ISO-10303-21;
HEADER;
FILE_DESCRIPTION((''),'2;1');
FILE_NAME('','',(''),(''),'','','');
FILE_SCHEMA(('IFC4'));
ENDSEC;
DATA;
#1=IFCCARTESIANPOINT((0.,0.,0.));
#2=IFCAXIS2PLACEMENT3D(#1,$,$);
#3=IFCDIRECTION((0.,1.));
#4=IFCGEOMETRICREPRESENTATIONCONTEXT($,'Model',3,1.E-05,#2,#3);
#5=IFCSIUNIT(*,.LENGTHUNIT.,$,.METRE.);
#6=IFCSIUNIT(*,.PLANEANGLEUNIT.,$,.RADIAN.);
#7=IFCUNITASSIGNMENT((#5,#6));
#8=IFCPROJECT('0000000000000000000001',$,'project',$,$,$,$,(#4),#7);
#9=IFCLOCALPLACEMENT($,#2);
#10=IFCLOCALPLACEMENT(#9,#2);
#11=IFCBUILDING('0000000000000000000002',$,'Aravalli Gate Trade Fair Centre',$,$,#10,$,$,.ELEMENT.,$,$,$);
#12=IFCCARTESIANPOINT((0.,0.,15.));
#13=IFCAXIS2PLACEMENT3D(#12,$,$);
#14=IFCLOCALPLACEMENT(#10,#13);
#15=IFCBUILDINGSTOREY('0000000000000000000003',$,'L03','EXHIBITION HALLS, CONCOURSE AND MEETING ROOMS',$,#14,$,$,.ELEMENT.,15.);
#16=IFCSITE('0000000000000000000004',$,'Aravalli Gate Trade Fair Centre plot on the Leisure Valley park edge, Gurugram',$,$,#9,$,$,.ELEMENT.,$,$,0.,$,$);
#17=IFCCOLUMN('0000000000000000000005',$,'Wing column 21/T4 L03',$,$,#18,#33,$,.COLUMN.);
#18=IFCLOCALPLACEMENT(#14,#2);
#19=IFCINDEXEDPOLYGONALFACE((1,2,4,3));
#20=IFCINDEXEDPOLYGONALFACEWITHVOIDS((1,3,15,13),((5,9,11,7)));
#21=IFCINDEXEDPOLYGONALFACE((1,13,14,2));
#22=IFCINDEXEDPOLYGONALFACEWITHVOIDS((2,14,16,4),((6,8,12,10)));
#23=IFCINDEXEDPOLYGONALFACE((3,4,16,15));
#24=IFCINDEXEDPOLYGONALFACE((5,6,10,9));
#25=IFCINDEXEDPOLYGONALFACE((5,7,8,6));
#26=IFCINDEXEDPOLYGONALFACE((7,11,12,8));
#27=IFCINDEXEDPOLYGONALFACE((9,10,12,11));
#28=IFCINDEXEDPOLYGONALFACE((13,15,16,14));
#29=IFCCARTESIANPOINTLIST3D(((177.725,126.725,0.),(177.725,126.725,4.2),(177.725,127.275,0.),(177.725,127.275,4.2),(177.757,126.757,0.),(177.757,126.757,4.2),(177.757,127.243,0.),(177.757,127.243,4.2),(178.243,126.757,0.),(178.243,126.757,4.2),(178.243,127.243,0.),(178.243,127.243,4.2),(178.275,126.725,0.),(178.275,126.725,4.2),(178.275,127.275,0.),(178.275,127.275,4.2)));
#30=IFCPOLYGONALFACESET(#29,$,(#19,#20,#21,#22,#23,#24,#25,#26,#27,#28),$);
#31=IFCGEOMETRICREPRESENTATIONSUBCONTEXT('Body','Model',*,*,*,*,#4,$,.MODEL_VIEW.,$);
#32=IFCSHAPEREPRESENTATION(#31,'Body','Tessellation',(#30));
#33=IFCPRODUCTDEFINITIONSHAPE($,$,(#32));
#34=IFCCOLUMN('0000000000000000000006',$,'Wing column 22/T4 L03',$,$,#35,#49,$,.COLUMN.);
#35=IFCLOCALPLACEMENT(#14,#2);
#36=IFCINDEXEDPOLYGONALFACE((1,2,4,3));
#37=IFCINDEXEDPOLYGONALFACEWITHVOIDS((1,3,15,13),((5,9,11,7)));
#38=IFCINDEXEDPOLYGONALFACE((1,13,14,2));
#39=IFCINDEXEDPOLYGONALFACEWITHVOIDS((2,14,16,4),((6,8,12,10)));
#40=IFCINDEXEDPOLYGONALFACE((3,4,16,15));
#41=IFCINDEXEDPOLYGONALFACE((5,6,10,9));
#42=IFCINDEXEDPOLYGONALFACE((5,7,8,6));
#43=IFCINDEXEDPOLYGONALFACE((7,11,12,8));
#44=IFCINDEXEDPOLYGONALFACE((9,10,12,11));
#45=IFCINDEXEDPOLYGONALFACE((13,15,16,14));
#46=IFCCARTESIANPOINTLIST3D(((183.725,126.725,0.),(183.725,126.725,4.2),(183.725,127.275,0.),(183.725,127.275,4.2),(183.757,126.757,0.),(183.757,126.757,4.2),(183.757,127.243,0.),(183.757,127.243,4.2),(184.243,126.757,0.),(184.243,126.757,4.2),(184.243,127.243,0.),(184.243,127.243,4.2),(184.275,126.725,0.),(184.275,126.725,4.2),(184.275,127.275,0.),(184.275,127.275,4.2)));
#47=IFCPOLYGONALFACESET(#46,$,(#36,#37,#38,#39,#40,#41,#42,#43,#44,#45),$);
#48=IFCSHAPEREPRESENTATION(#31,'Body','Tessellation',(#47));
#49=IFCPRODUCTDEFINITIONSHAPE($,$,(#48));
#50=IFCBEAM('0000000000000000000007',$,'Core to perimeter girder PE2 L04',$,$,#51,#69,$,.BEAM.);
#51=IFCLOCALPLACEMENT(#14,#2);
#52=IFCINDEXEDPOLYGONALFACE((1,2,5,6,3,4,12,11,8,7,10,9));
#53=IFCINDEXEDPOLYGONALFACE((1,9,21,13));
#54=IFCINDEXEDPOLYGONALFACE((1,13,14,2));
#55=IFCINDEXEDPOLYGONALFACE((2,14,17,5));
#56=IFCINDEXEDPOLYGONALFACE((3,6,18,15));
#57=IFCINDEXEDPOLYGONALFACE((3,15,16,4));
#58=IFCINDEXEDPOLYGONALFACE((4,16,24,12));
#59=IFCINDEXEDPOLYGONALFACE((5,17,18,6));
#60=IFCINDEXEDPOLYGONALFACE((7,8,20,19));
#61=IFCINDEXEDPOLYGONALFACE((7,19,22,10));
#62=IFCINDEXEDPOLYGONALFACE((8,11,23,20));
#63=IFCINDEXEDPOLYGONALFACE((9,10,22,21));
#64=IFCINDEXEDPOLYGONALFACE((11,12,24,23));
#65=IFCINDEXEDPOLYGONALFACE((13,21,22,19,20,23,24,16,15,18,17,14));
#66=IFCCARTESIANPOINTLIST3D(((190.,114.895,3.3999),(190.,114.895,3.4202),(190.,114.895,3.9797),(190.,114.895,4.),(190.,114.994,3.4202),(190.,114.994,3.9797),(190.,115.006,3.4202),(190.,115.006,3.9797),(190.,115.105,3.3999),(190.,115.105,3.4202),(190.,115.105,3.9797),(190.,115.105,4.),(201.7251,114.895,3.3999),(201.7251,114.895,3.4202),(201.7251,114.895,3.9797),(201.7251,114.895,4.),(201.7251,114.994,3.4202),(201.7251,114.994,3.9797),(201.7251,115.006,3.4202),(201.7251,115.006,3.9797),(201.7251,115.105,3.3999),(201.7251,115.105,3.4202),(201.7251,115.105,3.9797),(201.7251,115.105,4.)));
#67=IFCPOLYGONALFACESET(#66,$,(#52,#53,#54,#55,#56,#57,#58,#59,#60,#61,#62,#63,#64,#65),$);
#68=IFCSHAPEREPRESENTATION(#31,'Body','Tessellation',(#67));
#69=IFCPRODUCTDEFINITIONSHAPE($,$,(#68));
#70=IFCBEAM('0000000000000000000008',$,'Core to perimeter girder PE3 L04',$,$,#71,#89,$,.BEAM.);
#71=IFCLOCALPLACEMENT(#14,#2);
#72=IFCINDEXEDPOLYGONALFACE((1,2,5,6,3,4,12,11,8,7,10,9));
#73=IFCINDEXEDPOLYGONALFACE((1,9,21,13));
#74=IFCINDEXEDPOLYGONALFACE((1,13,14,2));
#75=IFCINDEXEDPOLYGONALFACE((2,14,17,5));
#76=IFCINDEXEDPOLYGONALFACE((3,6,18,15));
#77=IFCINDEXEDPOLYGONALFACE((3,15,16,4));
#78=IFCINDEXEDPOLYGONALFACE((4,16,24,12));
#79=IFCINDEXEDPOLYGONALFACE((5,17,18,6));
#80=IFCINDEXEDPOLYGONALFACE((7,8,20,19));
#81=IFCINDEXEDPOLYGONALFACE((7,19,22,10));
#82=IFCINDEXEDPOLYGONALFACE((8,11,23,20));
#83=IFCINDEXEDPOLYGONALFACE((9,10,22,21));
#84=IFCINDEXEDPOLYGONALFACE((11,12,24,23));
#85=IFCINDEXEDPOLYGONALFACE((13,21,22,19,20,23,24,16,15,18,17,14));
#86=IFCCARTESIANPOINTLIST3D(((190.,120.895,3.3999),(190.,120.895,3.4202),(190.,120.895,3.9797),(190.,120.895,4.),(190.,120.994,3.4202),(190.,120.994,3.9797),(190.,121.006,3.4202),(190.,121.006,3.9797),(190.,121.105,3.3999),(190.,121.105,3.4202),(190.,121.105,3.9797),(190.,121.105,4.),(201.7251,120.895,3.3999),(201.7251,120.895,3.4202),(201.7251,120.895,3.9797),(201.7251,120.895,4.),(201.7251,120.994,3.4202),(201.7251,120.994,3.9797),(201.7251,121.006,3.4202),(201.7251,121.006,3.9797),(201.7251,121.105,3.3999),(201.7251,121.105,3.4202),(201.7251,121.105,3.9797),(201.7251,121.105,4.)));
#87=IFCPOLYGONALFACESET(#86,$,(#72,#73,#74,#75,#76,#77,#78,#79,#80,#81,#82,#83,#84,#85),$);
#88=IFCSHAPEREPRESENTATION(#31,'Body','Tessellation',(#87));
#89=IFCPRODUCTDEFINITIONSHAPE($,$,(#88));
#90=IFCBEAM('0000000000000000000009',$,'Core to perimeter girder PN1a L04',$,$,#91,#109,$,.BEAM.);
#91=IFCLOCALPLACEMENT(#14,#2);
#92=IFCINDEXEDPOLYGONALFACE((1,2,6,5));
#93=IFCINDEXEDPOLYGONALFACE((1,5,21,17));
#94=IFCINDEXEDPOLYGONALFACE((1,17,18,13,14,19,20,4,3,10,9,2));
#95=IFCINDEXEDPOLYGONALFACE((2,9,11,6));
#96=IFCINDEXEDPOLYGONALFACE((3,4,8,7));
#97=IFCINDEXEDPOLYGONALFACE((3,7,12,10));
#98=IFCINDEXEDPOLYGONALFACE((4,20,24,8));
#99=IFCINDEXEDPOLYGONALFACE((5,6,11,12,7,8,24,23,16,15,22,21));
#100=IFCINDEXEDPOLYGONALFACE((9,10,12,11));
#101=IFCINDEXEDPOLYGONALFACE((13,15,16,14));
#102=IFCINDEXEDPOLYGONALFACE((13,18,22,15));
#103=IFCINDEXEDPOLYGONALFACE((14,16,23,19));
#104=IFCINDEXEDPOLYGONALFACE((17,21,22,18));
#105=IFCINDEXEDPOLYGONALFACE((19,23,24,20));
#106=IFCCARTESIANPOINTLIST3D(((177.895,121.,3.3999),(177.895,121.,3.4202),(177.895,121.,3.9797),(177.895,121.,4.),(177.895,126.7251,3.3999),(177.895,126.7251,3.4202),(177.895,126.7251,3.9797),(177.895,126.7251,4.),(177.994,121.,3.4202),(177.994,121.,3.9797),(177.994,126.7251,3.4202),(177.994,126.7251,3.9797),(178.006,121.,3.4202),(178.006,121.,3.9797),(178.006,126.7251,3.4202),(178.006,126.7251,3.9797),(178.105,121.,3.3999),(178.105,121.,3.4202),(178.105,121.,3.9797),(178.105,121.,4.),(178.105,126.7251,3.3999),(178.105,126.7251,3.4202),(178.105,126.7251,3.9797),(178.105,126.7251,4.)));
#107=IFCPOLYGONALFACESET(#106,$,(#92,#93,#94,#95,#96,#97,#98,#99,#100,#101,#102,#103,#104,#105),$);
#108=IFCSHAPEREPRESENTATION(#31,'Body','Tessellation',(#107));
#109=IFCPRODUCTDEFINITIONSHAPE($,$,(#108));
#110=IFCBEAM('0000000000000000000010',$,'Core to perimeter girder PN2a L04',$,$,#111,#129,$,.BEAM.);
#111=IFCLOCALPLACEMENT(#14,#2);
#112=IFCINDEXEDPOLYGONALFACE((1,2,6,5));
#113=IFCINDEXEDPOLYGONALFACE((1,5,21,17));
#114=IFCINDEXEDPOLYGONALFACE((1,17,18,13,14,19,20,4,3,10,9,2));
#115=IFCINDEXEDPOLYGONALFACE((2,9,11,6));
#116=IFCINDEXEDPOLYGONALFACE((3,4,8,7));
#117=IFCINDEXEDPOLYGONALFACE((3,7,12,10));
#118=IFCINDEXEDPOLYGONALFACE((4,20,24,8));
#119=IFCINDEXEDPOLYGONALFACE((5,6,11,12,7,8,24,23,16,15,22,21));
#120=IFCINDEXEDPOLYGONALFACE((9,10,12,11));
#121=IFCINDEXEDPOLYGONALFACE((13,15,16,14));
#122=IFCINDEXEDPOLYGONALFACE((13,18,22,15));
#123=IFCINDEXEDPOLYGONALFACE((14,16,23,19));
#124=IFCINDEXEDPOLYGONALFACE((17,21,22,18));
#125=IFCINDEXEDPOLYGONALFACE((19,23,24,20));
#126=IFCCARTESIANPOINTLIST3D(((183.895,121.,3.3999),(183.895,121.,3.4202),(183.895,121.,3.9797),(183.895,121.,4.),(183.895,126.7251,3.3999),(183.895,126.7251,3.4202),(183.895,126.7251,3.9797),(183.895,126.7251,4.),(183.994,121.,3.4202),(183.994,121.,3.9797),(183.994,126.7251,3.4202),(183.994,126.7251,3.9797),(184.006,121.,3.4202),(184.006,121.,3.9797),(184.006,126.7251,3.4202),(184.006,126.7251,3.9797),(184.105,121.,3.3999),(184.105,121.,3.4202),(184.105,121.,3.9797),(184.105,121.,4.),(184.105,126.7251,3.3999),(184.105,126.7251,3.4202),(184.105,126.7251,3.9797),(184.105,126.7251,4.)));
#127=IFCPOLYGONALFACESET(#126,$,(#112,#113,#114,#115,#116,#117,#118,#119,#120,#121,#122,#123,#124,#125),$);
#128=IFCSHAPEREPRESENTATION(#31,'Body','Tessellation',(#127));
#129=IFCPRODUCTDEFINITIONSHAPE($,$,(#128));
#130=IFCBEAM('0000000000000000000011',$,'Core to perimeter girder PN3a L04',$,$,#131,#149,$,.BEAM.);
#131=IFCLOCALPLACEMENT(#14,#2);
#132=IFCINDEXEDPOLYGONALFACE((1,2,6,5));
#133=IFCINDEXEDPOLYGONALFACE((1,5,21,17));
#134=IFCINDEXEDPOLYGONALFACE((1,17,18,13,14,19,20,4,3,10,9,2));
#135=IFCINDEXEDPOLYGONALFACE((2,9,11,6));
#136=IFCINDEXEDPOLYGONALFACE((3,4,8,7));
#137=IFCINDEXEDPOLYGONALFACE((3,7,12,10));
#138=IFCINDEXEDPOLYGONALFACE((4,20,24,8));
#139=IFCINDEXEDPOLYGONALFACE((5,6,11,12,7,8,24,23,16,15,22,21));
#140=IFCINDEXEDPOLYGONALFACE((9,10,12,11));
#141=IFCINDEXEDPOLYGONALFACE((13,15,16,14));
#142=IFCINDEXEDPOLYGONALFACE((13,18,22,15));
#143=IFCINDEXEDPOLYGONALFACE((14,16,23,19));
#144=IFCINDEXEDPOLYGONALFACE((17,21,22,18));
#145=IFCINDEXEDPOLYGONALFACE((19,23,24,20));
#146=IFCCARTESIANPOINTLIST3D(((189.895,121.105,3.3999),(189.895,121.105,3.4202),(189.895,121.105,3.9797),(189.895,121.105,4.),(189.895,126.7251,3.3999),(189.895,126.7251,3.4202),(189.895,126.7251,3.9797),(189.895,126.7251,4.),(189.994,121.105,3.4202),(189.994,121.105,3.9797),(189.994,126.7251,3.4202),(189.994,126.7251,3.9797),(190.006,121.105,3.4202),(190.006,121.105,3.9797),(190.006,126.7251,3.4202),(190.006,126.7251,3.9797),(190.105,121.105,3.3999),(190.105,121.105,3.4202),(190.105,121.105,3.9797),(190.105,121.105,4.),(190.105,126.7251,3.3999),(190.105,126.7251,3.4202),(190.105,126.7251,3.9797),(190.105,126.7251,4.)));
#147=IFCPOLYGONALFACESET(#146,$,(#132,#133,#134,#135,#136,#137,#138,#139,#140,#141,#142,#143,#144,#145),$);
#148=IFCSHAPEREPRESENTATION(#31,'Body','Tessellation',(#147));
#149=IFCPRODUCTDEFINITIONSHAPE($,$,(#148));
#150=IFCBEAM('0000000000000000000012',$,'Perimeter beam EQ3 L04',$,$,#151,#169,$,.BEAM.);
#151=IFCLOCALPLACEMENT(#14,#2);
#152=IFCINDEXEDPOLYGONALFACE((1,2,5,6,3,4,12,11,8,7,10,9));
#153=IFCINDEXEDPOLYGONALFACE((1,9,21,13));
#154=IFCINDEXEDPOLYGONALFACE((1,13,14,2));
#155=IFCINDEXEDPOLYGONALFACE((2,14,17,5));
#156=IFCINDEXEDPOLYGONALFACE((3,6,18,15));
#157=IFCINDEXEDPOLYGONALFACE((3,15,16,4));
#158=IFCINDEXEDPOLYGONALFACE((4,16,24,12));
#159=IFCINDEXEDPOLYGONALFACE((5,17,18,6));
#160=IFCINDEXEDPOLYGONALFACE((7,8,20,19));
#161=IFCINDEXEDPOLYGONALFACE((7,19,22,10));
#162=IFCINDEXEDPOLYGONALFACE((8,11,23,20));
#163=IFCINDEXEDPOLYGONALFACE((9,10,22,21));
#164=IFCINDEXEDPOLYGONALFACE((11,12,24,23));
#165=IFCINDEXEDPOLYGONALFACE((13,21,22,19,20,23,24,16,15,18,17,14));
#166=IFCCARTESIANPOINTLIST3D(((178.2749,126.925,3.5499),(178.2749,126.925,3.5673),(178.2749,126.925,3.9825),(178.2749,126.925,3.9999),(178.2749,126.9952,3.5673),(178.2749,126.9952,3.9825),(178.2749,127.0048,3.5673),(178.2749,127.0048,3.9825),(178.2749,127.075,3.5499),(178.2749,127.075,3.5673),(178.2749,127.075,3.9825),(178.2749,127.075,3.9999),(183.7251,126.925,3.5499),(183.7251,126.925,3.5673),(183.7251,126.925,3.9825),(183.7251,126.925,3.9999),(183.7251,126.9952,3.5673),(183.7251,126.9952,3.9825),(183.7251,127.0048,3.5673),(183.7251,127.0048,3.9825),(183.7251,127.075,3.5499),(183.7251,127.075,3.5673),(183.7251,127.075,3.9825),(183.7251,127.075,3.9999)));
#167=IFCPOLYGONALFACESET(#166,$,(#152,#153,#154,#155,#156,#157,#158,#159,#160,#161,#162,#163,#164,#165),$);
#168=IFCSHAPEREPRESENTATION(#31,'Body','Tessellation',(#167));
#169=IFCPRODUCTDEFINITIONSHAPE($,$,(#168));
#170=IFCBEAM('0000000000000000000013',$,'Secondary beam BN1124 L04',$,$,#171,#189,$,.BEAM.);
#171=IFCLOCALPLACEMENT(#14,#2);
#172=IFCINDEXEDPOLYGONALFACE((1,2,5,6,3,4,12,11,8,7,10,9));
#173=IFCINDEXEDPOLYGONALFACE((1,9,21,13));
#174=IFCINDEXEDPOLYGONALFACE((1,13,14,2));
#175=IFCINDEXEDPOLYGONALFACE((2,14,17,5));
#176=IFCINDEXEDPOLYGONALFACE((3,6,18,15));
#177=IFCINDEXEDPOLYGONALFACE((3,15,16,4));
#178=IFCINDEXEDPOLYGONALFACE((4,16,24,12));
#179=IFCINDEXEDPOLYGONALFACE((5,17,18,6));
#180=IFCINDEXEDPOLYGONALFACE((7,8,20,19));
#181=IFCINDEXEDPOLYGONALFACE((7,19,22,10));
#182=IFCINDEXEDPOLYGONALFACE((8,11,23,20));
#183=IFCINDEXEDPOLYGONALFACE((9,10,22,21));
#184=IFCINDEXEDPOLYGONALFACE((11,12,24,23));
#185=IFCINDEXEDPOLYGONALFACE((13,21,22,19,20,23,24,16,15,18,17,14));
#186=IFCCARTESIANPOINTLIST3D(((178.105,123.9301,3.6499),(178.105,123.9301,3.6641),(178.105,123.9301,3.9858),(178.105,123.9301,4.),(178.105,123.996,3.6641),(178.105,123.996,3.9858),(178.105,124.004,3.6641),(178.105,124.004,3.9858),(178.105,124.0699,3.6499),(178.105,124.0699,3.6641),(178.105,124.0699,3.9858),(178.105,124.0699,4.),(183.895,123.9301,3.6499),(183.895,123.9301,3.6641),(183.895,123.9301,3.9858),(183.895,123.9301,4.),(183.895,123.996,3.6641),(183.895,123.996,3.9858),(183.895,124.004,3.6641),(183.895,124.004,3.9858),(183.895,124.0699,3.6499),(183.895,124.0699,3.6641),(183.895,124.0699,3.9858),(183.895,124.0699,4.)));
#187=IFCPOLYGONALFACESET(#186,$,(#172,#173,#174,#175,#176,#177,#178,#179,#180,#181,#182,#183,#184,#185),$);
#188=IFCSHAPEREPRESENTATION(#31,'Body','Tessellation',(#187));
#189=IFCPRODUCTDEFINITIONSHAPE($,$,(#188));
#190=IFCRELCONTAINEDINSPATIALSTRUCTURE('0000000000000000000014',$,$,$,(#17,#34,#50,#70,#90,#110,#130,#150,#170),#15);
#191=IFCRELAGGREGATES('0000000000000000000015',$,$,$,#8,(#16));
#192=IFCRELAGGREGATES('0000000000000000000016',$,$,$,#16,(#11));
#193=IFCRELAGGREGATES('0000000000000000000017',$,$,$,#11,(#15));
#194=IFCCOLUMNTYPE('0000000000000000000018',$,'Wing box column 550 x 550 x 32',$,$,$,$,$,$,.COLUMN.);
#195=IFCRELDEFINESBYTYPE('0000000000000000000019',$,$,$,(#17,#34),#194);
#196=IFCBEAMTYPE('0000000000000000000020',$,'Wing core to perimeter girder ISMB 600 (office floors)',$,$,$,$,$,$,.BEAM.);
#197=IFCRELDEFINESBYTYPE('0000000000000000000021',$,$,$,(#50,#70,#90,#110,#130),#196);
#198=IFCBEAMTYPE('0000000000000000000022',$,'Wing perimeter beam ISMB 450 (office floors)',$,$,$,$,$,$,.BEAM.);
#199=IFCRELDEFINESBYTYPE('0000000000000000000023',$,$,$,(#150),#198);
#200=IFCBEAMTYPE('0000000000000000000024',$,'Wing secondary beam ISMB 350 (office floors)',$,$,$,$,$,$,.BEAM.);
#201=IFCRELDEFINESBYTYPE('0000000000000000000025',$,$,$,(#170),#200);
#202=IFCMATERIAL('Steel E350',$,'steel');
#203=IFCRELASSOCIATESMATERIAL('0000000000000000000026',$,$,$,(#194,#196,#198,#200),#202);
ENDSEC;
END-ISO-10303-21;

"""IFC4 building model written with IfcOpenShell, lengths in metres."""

from ifc_helpers import new_model, si_unit, direction, frame, origin, origin_2d, place, context, subcontext, project, spatial, hollow_rectangle, i_section, extrude, material, material_profile, profile_set, type_object, element, save


model = new_model("IFC4")

# Units and contexts
model_context = context("Model", 3, precision=1e-05, world=origin(), true_north=direction((0.0, 1.0)))
body_context = subcontext(model_context, "Body", "Model", "MODEL_VIEW")
ifc_project = project(units=[si_unit("LENGTHUNIT", "METRE"), si_unit("PLANEANGLEUNIT", "RADIAN")], contexts=[model_context])

# Site, building, storey
site_placement = place(None, origin())
site = spatial("IfcSite", under=ifc_project, at=site_placement, Name="Aravalli Gate Trade Fair Centre plot on the Leisure Valley park edge, Gurugram", CompositionType="ELEMENT", RefElevation=0.0)
building_placement = place(site_placement, origin())
building = spatial("IfcBuilding", under=site, at=building_placement, Name="Aravalli Gate Trade Fair Centre", CompositionType="ELEMENT")
storey_placement = place(building_placement, frame((0.0, 0.0, 15.0)))
storey = spatial("IfcBuildingStorey", under=building, at=storey_placement, Name="L03", Description="EXHIBITION HALLS, CONCOURSE AND MEETING ROOMS", CompositionType="ELEMENT", Elevation=15.0)

# Columns
ifc_material_1 = material(Name="Steel E350", Category="steel")
ifc_material_profile_1 = material_profile(ifc_material_1, hollow_rectangle(XDim=0.55, YDim=0.55, WallThickness=0.032, at=origin_2d()), Name="BOX 550x550x32")
ifc_profile_set_1 = profile_set([ifc_material_profile_1], Name="Steel E350")
column_type = type_object("IfcColumnType", Name="Wing box column 550 x 550 x 32", PredefinedType="COLUMN", material=ifc_profile_set_1)
for number, where, z_axis, x_axis, name in (
    (1, (178.0, 127.0, 0.0), (0.0, 0.0, 1.0), (1.0, 0.0, 0.0), "Wing column 21/T4 L03"),
    (2, (184.0, 127.0, 0.0), (0.0, 0.0, 1.0), (1.0, 0.0, 0.0), "Wing column 22/T4 L03"),
):
    element("IfcColumn", number, at=place(storey_placement, frame(where, z_axis=z_axis, x_axis=x_axis)), inside=storey, type_object=column_type, Name=name, PredefinedType="COLUMN", context=body_context, shape_type="SweptSolid", body=[
        extrude(hollow_rectangle(XDim=0.55, YDim=0.55, WallThickness=0.032, at=origin_2d()), origin(), (0.0, 0.0, 1.0), 4.2),
    ])

# Beams
ifc_material_profile_2 = material_profile(ifc_material_1, i_section(OverallWidth=0.21, OverallDepth=0.6001, WebThickness=0.012, FlangeThickness=0.0203, at=origin_2d()), Name="ISMB 600")
ifc_profile_set_2 = profile_set([ifc_material_profile_2], Name="Steel E350")
beam_type_1 = type_object("IfcBeamType", Name="Wing core to perimeter girder ISMB 600 (office floors)", PredefinedType="BEAM", material=ifc_profile_set_2)
for number, where, z_axis, x_axis, name in (
    (3, (190.0, 115.0, 3.7), (1.0, 0.0, 0.0), (0.0, 1.0, 0.0), "Core to perimeter girder PE2 L04"),
    (4, (190.0, 121.0, 3.7), (1.0, 0.0, 0.0), (0.0, 1.0, 0.0), "Core to perimeter girder PE3 L04"),
):
    element("IfcBeam", number, at=place(storey_placement, frame(where, z_axis=z_axis, x_axis=x_axis)), inside=storey, type_object=beam_type_1, Name=name, PredefinedType="BEAM", context=body_context, shape_type="SweptSolid", body=[
        extrude(i_section(OverallWidth=0.21, OverallDepth=0.6001, WebThickness=0.012, FlangeThickness=0.0203, at=origin_2d()), origin(), (0.0, 0.0, 1.0), 11.7251),
    ])
for number, where, z_axis, x_axis, name in (
    (5, (178.0, 121.0, 3.7), (0.0, 1.0, 0.0), (-1.0, 0.0, 0.0), "Core to perimeter girder PN1a L04"),
    (6, (184.0, 121.0, 3.7), (0.0, 1.0, 0.0), (-1.0, 0.0, 0.0), "Core to perimeter girder PN2a L04"),
):
    element("IfcBeam", number, at=place(storey_placement, frame(where, z_axis=z_axis, x_axis=x_axis)), inside=storey, type_object=beam_type_1, Name=name, PredefinedType="BEAM", context=body_context, shape_type="SweptSolid", body=[
        extrude(i_section(OverallWidth=0.21, OverallDepth=0.6001, WebThickness=0.012, FlangeThickness=0.0203, at=origin_2d()), origin(), (0.0, 0.0, 1.0), 5.7251),
    ])
beam_1_placement = place(storey_placement, frame((190.0, 121.105, 3.7), z_axis=(0.0, 1.0, 0.0), x_axis=(-1.0, 0.0, 0.0)))
element("IfcBeam", 7, at=beam_1_placement, inside=storey, type_object=beam_type_1, Name="Core to perimeter girder PN3a L04", PredefinedType="BEAM", context=body_context, shape_type="SweptSolid", body=[
    extrude(i_section(OverallWidth=0.21, OverallDepth=0.6001, WebThickness=0.012, FlangeThickness=0.0203, at=origin_2d()), origin(), (0.0, 0.0, 1.0), 5.6201),
])
ifc_material_profile_3 = material_profile(ifc_material_1, i_section(OverallWidth=0.1499, OverallDepth=0.45, WebThickness=0.0095, FlangeThickness=0.0173, at=origin_2d()), Name="ISMB 450")
ifc_profile_set_3 = profile_set([ifc_material_profile_3], Name="Steel E350")
beam_type_2 = type_object("IfcBeamType", Name="Wing perimeter beam ISMB 450 (office floors)", PredefinedType="BEAM", material=ifc_profile_set_3)
beam_2_placement = place(storey_placement, frame((178.2749, 127.0, 3.7749), z_axis=(1.0, 0.0, 0.0), x_axis=(0.0, 1.0, 0.0)))
element("IfcBeam", 8, at=beam_2_placement, inside=storey, type_object=beam_type_2, Name="Perimeter beam EQ3 L04", PredefinedType="BEAM", context=body_context, shape_type="SweptSolid", body=[
    extrude(i_section(OverallWidth=0.1499, OverallDepth=0.45, WebThickness=0.0095, FlangeThickness=0.0173, at=origin_2d()), origin(), (0.0, 0.0, 1.0), 5.4502),
])
ifc_material_profile_4 = material_profile(ifc_material_1, i_section(OverallWidth=0.1399, OverallDepth=0.3501, WebThickness=0.0081, FlangeThickness=0.0142, at=origin_2d()), Name="ISMB 350")
ifc_profile_set_4 = profile_set([ifc_material_profile_4], Name="Steel E350")
beam_type_3 = type_object("IfcBeamType", Name="Wing secondary beam ISMB 350 (office floors)", PredefinedType="BEAM", material=ifc_profile_set_4)
for number, where, z_axis, x_axis, name in (
    (9, (178.105, 124.0, 3.825), (1.0, 0.0, 0.0), (0.0, 1.0, 0.0), "Secondary beam BN1124 L04"),
):
    element("IfcBeam", number, at=place(storey_placement, frame(where, z_axis=z_axis, x_axis=x_axis)), inside=storey, type_object=beam_type_3, Name=name, PredefinedType="BEAM", context=body_context, shape_type="SweptSolid", body=[
        extrude(i_section(OverallWidth=0.1399, OverallDepth=0.3501, WebThickness=0.0081, FlangeThickness=0.0142, at=origin_2d()), origin(), (0.0, 0.0, 1.0), 5.79),
    ])

save(model, "model.ifc")
